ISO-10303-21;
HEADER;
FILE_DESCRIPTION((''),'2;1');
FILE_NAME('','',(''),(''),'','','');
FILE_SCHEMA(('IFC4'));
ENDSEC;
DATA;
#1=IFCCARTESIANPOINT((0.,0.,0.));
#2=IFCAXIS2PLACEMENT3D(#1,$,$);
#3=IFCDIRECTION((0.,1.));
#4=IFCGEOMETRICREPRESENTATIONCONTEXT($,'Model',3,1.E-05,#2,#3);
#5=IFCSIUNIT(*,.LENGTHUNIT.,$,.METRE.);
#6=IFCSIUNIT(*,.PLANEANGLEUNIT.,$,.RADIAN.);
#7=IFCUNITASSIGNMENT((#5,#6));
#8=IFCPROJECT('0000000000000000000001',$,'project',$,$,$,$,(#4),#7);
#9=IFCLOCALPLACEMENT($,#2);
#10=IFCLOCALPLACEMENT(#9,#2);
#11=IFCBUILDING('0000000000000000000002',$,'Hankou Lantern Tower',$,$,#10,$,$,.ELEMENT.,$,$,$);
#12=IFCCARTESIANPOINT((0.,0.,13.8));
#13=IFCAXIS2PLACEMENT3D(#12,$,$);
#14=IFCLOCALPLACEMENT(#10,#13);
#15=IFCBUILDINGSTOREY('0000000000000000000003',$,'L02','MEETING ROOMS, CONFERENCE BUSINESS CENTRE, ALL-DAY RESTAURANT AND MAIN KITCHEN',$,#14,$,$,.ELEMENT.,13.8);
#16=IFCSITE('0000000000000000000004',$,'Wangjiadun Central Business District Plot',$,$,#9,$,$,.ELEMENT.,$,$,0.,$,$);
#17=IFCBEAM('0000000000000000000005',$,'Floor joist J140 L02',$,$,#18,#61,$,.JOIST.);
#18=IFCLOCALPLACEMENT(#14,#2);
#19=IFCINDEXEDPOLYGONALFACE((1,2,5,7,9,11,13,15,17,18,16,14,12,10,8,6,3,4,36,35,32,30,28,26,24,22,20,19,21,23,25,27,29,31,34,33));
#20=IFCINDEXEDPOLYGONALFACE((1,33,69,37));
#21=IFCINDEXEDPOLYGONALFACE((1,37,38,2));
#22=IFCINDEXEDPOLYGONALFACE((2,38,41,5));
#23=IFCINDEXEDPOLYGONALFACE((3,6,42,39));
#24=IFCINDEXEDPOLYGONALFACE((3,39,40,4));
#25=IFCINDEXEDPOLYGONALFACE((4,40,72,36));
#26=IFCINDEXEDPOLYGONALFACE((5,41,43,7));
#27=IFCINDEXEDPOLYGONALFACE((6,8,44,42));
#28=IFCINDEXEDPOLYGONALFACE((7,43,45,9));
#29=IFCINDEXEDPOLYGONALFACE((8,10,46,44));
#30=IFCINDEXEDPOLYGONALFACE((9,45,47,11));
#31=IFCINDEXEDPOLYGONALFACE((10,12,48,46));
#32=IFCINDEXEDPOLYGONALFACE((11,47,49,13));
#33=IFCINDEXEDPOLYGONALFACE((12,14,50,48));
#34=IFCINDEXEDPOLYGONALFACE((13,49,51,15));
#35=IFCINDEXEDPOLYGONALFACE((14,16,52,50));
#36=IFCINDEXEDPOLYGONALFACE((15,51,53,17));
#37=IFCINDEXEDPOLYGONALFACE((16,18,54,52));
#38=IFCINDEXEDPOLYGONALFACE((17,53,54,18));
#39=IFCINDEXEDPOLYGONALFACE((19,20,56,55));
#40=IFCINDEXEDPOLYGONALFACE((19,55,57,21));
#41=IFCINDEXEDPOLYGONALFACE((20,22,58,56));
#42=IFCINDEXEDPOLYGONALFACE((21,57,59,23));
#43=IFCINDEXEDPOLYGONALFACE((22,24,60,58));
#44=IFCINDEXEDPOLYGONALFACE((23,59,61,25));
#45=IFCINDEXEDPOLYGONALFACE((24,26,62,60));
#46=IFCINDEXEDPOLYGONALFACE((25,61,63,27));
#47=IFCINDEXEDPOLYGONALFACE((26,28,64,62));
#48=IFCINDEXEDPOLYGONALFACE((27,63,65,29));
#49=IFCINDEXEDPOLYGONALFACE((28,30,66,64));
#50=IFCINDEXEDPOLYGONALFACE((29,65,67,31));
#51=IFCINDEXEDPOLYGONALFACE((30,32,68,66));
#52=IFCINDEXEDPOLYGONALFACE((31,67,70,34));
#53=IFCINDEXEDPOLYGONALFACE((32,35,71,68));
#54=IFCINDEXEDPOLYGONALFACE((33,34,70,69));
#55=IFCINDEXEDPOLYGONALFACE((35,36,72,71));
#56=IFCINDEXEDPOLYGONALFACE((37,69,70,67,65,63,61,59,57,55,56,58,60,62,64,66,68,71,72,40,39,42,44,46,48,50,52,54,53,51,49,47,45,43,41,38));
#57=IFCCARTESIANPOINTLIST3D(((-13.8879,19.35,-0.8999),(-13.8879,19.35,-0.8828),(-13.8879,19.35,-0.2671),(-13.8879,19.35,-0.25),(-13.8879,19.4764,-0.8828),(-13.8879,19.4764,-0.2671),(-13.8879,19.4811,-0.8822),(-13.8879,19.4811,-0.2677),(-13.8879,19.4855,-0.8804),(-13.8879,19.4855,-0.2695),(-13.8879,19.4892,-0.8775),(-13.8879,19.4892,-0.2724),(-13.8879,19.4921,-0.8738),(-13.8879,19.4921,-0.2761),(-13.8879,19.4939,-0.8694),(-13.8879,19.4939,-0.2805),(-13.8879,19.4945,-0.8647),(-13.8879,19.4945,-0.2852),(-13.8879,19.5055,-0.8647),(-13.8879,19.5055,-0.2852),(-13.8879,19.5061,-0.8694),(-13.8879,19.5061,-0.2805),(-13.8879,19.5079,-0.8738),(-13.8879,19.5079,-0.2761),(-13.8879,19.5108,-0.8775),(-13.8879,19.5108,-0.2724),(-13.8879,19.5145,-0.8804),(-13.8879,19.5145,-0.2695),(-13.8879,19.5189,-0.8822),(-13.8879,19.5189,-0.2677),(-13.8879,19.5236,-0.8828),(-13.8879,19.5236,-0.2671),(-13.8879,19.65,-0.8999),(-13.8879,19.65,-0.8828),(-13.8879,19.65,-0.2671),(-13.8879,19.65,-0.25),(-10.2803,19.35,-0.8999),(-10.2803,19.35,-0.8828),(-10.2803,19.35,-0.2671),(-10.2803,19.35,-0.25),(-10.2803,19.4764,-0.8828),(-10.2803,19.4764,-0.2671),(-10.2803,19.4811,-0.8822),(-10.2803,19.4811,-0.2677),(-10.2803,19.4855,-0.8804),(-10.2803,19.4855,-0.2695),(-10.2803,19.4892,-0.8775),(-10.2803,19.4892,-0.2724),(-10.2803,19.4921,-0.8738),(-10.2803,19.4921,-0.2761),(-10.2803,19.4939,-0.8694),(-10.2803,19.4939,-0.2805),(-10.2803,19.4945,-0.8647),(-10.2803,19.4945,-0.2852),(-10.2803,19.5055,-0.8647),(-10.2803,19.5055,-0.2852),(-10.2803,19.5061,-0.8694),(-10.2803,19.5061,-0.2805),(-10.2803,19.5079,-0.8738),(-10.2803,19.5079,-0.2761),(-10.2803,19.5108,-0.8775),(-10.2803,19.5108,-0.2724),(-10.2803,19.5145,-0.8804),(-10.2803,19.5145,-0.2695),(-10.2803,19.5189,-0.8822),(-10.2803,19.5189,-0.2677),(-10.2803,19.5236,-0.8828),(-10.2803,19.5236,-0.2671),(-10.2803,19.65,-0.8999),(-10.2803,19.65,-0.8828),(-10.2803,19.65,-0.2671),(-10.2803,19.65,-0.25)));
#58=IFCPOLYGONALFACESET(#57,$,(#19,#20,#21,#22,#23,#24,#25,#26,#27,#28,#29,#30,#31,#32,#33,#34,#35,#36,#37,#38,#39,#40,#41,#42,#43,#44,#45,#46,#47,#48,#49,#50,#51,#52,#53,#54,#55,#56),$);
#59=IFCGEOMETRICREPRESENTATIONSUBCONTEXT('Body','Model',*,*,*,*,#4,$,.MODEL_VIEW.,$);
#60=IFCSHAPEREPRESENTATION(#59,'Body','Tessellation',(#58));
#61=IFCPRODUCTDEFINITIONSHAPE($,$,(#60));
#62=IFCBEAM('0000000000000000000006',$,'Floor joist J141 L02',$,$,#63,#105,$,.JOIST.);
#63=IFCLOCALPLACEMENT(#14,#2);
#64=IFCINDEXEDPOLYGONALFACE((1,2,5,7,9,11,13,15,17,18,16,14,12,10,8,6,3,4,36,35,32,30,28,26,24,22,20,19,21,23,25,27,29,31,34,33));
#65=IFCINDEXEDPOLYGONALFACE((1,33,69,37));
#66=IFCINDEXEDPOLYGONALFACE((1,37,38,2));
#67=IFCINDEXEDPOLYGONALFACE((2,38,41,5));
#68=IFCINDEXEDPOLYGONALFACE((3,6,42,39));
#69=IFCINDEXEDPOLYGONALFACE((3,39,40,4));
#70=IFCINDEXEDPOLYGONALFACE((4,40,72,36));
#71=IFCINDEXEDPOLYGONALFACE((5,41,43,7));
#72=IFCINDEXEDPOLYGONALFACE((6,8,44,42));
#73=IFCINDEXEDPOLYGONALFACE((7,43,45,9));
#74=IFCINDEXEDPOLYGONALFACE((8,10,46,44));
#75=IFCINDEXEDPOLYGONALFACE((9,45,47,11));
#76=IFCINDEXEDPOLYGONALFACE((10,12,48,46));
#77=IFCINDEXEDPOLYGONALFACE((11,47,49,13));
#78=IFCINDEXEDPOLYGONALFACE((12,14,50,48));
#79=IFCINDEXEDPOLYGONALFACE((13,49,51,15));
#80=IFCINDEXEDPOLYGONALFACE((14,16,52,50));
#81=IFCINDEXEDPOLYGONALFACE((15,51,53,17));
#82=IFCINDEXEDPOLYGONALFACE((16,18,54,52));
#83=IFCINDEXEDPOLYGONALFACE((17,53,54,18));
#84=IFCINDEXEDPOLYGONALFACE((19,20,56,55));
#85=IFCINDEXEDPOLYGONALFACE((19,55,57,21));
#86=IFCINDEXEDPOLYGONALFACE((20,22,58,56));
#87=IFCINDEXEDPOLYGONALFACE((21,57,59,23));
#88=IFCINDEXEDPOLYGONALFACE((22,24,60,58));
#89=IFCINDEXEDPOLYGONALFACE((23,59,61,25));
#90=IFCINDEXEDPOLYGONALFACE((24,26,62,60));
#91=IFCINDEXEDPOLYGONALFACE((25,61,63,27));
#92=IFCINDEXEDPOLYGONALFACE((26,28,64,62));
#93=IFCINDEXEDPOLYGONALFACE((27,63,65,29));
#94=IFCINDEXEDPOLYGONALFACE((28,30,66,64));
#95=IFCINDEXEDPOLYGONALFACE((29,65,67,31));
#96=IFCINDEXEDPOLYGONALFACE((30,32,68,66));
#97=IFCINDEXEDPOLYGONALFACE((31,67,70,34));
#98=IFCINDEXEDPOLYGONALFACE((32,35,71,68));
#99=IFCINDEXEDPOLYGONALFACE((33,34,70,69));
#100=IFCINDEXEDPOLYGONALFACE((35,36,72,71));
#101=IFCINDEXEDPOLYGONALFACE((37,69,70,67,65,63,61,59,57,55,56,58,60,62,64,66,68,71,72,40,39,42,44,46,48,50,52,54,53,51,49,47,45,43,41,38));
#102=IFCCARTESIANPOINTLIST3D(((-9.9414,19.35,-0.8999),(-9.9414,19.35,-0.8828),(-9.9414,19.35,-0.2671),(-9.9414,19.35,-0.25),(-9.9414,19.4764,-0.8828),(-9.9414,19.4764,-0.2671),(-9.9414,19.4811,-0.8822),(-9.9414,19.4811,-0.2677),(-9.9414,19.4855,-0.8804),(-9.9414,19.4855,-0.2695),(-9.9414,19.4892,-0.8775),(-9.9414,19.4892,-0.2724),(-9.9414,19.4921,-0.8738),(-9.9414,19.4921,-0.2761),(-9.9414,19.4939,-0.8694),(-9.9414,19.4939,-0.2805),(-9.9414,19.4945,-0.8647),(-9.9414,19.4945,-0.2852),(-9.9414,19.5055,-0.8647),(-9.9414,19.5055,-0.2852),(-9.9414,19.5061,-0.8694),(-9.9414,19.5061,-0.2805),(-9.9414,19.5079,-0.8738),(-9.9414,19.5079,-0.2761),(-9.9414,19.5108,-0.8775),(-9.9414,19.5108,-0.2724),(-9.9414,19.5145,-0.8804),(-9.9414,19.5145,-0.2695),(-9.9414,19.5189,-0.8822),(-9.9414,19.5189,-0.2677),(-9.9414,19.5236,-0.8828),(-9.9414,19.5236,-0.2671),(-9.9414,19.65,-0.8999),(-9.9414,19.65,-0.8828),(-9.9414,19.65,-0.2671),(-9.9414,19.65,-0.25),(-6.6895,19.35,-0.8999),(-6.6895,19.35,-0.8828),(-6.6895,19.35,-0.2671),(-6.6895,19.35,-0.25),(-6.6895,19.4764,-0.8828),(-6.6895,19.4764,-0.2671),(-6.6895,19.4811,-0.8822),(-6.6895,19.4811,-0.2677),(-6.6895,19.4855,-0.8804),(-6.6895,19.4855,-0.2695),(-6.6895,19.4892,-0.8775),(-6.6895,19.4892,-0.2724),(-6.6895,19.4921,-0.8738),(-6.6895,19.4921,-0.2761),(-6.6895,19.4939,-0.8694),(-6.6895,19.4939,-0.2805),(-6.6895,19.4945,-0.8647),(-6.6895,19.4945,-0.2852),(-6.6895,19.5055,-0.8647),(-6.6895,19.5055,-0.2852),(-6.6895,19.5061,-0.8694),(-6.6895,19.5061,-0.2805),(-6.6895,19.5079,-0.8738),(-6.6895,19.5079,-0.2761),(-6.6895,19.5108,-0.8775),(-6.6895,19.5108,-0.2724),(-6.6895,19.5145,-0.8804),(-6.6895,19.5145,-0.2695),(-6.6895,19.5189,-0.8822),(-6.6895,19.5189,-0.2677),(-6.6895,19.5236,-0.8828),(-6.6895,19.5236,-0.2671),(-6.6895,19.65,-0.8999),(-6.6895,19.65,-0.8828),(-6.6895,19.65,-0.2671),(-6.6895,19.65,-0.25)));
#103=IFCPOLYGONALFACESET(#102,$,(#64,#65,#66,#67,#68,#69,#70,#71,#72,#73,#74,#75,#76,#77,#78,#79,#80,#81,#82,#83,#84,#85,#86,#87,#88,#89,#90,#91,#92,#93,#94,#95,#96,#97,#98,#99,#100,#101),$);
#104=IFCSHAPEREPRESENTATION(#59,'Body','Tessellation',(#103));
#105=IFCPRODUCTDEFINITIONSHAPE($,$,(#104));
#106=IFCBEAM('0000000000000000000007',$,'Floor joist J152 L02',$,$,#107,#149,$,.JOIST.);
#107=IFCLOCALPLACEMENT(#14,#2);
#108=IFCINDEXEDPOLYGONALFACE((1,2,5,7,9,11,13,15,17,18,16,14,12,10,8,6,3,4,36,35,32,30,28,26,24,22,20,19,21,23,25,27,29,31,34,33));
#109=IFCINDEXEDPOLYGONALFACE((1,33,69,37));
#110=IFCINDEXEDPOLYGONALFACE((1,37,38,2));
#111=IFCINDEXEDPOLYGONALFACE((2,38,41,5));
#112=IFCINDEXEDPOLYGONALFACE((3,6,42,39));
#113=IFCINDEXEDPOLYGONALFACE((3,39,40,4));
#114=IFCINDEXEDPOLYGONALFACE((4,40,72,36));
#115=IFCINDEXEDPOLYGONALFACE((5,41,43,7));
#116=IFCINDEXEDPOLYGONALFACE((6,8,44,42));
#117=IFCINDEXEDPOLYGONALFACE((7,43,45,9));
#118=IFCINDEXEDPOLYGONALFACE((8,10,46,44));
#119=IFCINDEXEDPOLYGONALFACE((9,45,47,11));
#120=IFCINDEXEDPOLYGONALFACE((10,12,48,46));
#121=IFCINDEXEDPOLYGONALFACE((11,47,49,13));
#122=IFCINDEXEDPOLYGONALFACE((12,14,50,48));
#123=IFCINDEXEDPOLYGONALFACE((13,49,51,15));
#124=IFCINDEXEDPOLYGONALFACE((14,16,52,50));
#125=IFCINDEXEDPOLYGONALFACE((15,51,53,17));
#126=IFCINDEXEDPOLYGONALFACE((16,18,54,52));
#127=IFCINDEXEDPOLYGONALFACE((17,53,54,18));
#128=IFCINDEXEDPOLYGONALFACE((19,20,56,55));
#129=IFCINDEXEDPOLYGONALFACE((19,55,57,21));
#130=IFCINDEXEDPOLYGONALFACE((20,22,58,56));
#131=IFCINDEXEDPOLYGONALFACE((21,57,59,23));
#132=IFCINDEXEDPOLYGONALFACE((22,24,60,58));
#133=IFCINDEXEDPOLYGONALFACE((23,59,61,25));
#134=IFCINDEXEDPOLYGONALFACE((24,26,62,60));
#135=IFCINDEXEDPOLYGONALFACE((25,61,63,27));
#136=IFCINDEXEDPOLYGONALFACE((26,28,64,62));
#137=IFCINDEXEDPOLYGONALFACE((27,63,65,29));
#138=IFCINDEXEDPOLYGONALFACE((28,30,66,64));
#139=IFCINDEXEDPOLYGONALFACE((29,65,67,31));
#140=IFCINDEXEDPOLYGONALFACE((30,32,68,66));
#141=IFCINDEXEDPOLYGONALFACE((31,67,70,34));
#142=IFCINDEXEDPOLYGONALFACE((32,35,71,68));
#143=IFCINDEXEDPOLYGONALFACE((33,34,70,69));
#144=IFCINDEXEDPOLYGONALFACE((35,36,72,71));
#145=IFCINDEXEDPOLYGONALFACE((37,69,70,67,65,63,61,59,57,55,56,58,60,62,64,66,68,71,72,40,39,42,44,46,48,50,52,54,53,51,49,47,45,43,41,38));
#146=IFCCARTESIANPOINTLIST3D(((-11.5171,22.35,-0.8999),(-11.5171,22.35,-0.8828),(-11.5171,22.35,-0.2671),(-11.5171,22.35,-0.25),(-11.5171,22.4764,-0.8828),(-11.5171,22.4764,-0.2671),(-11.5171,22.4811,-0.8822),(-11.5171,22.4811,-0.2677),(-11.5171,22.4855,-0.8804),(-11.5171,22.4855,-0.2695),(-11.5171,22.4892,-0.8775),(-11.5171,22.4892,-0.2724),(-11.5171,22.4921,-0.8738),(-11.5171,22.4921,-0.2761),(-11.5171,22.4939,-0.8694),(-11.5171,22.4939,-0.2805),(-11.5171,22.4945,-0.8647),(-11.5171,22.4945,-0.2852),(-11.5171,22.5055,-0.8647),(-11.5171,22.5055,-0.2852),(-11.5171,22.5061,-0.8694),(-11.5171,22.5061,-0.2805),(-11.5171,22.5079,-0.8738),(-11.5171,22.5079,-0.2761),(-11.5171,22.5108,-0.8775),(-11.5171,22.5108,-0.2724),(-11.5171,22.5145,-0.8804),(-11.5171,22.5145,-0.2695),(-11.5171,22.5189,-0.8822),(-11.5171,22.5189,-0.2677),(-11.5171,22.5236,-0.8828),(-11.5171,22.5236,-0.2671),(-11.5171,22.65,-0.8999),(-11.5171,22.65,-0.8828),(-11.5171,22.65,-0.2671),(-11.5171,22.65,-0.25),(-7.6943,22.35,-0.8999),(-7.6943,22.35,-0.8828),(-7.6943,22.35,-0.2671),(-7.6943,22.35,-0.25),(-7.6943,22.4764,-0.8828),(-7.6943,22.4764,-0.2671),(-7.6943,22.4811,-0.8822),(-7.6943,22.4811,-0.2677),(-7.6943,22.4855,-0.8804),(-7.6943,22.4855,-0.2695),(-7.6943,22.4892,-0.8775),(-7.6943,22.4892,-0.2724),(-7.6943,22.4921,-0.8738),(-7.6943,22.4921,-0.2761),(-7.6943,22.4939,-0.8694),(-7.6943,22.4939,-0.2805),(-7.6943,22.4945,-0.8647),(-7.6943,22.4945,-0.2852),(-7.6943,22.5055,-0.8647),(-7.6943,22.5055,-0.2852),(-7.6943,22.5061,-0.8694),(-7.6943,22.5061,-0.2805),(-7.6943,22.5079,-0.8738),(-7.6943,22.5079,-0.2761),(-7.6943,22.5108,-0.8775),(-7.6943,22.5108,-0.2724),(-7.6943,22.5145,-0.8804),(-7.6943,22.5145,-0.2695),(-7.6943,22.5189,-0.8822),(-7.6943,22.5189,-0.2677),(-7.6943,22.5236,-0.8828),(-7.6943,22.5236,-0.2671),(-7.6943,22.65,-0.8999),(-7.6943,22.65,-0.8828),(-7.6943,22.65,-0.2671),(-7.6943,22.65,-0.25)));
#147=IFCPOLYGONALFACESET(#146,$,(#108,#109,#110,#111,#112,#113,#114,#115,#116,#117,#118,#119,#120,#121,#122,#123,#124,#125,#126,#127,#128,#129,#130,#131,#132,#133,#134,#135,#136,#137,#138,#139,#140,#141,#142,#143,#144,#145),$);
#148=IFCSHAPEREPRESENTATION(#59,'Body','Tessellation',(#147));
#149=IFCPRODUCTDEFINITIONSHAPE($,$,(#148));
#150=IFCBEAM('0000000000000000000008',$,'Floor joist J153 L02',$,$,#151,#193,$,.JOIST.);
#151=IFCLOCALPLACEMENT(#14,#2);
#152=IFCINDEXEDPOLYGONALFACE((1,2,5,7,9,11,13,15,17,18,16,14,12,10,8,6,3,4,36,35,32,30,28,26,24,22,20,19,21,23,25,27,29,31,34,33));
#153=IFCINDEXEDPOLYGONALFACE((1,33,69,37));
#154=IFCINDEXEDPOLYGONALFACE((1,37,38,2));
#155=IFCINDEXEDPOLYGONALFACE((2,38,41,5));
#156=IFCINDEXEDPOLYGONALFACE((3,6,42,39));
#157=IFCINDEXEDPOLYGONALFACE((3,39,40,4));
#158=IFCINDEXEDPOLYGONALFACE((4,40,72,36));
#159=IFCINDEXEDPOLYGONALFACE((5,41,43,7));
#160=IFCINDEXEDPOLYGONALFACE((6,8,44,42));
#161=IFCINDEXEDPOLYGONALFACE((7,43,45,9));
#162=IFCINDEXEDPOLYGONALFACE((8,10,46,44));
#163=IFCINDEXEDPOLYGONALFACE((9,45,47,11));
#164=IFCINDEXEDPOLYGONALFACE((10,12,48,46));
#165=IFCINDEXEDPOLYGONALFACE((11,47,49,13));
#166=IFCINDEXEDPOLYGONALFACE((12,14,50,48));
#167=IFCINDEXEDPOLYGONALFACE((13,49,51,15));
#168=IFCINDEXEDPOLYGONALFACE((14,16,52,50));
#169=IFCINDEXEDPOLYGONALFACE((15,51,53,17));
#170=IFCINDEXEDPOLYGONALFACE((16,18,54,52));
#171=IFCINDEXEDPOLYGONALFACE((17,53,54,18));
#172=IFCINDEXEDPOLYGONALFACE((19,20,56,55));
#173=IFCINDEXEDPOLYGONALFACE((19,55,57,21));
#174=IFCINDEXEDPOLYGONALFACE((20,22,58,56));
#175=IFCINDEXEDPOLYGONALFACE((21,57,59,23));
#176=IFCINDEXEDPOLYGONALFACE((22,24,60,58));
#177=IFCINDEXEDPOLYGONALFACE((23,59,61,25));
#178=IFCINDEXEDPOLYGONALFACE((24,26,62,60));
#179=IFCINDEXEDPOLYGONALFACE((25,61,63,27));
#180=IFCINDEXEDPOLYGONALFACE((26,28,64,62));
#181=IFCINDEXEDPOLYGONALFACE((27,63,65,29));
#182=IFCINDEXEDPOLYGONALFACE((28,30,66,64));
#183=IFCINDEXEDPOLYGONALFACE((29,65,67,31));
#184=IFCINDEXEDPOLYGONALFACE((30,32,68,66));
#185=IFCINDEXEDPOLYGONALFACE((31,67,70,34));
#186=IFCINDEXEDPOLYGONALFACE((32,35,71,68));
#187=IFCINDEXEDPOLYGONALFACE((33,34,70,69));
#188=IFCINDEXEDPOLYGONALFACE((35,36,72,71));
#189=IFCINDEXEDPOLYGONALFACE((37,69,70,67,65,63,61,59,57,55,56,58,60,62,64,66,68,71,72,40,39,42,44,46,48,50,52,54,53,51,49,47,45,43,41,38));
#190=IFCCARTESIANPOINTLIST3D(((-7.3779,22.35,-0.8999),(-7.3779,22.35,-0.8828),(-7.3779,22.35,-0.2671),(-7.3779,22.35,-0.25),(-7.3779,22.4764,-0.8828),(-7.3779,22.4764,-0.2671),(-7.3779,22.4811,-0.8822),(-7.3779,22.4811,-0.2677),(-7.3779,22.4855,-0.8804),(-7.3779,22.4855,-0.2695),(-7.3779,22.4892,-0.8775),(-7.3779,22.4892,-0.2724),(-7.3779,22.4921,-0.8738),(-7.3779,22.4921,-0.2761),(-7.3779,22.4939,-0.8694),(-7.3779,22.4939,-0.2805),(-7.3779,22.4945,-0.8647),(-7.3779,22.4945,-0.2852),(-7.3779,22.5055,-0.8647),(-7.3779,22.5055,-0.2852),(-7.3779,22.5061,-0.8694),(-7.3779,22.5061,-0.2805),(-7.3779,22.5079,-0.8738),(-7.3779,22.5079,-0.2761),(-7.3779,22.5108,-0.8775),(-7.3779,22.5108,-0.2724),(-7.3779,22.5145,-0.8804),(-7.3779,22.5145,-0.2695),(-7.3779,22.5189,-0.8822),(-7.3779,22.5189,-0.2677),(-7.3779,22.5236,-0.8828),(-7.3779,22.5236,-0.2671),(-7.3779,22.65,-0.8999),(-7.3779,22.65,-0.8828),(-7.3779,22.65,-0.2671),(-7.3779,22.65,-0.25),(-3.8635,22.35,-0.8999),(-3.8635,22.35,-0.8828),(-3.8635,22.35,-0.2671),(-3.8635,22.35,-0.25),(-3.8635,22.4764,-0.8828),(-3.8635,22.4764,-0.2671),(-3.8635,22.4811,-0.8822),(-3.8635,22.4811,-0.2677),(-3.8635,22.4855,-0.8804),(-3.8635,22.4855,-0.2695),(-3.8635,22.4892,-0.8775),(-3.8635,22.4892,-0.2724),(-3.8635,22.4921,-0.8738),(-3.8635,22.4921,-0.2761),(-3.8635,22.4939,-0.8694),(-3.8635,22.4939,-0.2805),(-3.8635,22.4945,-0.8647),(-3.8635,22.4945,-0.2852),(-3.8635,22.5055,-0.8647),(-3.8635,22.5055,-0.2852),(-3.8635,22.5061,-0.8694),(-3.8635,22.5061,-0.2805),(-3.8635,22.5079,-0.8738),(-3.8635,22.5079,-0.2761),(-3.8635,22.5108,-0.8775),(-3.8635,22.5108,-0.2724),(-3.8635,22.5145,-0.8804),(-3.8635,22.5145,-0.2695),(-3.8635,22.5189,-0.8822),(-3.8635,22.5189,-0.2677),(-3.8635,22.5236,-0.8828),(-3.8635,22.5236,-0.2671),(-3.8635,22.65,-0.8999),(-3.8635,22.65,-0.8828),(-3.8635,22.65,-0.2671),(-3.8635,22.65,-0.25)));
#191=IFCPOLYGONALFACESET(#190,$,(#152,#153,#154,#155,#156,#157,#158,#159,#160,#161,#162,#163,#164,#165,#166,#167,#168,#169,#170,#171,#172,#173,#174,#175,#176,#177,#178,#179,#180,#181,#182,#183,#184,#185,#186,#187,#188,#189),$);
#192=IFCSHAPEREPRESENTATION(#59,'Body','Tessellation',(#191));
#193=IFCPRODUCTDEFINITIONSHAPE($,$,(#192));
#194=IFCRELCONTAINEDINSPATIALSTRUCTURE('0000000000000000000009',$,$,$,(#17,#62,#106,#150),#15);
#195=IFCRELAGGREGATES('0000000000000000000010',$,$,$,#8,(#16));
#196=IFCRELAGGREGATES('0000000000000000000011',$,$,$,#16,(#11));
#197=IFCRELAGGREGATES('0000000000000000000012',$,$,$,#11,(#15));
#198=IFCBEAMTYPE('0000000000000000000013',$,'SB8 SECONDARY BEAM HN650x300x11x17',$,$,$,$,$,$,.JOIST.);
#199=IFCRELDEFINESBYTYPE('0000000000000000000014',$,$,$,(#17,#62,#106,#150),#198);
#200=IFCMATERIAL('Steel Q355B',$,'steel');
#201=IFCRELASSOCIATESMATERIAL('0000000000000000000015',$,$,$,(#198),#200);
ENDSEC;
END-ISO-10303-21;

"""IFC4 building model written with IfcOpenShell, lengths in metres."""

from ifc_helpers import new_model, si_unit, direction, frame, origin, origin_2d, place, context, subcontext, project, spatial, i_section, extrude, material, material_profile, profile_set, type_object, element, save


model = new_model("IFC4")

# Units and contexts
model_context = context("Model", 3, precision=1e-05, world=origin(), true_north=direction((0.0, 1.0)))
body_context = subcontext(model_context, "Body", "Model", "MODEL_VIEW")
ifc_project = project(units=[si_unit("LENGTHUNIT", "METRE"), si_unit("PLANEANGLEUNIT", "RADIAN")], contexts=[model_context])

# Site, building, storey
site_placement = place(None, origin())
site = spatial("IfcSite", under=ifc_project, at=site_placement, Name="Wangjiadun Central Business District Plot", CompositionType="ELEMENT", RefElevation=0.0)
building_placement = place(site_placement, origin())
building = spatial("IfcBuilding", under=site, at=building_placement, Name="Hankou Lantern Tower", CompositionType="ELEMENT")
storey_placement = place(building_placement, frame((0.0, 0.0, 13.8)))
storey = spatial("IfcBuildingStorey", under=building, at=storey_placement, Name="L02", Description="MEETING ROOMS, CONFERENCE BUSINESS CENTRE, ALL-DAY RESTAURANT AND MAIN KITCHEN", CompositionType="ELEMENT", Elevation=13.8)

# Beams
ifc_material_1 = material(Name="Steel Q355B", Category="steel")
ifc_material_profile_1 = material_profile(ifc_material_1, i_section(OverallWidth=0.3, OverallDepth=0.6499, WebThickness=0.011, FlangeThickness=0.0171, FilletRadius=0.0181, at=origin_2d()), Name="HN650x300x11x17")
ifc_profile_set_1 = profile_set([ifc_material_profile_1], Name="Steel Q355B")
beam_type_1 = type_object("IfcBeamType", Name="SB8 SECONDARY BEAM HN650x300x11x17", PredefinedType="JOIST", material=ifc_profile_set_1)
beam_1_placement = place(storey_placement, frame((-13.8879, 19.5, -0.575), z_axis=(1.0, 0.0, 0.0), x_axis=(0.0, 1.0, 0.0)))
element("IfcBeam", 1, at=beam_1_placement, inside=storey, type_object=beam_type_1, Name="Floor joist J140 L02", PredefinedType="JOIST", context=body_context, shape_type="SweptSolid", body=[
    extrude(i_section(OverallWidth=0.3, OverallDepth=0.6499, WebThickness=0.011, FlangeThickness=0.0171, FilletRadius=0.0181, at=origin_2d()), origin(), (0.0, 0.0, 1.0), 3.6077),
])
beam_2_placement = place(storey_placement, frame((-9.9414, 19.5, -0.575), z_axis=(1.0, 0.0, 0.0), x_axis=(0.0, 1.0, 0.0)))
element("IfcBeam", 2, at=beam_2_placement, inside=storey, type_object=beam_type_1, Name="Floor joist J141 L02", PredefinedType="JOIST", context=body_context, shape_type="SweptSolid", body=[
    extrude(i_section(OverallWidth=0.3, OverallDepth=0.6499, WebThickness=0.011, FlangeThickness=0.0171, FilletRadius=0.0181, at=origin_2d()), origin(), (0.0, 0.0, 1.0), 3.252),
])
beam_3_placement = place(storey_placement, frame((-11.5171, 22.5, -0.575), z_axis=(1.0, 0.0, 0.0), x_axis=(0.0, 1.0, 0.0)))
element("IfcBeam", 3, at=beam_3_placement, inside=storey, type_object=beam_type_1, Name="Floor joist J152 L02", PredefinedType="JOIST", context=body_context, shape_type="SweptSolid", body=[
    extrude(i_section(OverallWidth=0.3, OverallDepth=0.6499, WebThickness=0.011, FlangeThickness=0.0171, FilletRadius=0.0181, at=origin_2d()), origin(), (0.0, 0.0, 1.0), 3.8228),
])
beam_4_placement = place(storey_placement, frame((-7.3779, 22.5, -0.575), z_axis=(1.0, 0.0, 0.0), x_axis=(0.0, 1.0, 0.0)))
element("IfcBeam", 4, at=beam_4_placement, inside=storey, type_object=beam_type_1, Name="Floor joist J153 L02", PredefinedType="JOIST", context=body_context, shape_type="SweptSolid", body=[
    extrude(i_section(OverallWidth=0.3, OverallDepth=0.6499, WebThickness=0.011, FlangeThickness=0.0171, FilletRadius=0.0181, at=origin_2d()), origin(), (0.0, 0.0, 1.0), 3.5144),
])

save(model, "model.ifc")
